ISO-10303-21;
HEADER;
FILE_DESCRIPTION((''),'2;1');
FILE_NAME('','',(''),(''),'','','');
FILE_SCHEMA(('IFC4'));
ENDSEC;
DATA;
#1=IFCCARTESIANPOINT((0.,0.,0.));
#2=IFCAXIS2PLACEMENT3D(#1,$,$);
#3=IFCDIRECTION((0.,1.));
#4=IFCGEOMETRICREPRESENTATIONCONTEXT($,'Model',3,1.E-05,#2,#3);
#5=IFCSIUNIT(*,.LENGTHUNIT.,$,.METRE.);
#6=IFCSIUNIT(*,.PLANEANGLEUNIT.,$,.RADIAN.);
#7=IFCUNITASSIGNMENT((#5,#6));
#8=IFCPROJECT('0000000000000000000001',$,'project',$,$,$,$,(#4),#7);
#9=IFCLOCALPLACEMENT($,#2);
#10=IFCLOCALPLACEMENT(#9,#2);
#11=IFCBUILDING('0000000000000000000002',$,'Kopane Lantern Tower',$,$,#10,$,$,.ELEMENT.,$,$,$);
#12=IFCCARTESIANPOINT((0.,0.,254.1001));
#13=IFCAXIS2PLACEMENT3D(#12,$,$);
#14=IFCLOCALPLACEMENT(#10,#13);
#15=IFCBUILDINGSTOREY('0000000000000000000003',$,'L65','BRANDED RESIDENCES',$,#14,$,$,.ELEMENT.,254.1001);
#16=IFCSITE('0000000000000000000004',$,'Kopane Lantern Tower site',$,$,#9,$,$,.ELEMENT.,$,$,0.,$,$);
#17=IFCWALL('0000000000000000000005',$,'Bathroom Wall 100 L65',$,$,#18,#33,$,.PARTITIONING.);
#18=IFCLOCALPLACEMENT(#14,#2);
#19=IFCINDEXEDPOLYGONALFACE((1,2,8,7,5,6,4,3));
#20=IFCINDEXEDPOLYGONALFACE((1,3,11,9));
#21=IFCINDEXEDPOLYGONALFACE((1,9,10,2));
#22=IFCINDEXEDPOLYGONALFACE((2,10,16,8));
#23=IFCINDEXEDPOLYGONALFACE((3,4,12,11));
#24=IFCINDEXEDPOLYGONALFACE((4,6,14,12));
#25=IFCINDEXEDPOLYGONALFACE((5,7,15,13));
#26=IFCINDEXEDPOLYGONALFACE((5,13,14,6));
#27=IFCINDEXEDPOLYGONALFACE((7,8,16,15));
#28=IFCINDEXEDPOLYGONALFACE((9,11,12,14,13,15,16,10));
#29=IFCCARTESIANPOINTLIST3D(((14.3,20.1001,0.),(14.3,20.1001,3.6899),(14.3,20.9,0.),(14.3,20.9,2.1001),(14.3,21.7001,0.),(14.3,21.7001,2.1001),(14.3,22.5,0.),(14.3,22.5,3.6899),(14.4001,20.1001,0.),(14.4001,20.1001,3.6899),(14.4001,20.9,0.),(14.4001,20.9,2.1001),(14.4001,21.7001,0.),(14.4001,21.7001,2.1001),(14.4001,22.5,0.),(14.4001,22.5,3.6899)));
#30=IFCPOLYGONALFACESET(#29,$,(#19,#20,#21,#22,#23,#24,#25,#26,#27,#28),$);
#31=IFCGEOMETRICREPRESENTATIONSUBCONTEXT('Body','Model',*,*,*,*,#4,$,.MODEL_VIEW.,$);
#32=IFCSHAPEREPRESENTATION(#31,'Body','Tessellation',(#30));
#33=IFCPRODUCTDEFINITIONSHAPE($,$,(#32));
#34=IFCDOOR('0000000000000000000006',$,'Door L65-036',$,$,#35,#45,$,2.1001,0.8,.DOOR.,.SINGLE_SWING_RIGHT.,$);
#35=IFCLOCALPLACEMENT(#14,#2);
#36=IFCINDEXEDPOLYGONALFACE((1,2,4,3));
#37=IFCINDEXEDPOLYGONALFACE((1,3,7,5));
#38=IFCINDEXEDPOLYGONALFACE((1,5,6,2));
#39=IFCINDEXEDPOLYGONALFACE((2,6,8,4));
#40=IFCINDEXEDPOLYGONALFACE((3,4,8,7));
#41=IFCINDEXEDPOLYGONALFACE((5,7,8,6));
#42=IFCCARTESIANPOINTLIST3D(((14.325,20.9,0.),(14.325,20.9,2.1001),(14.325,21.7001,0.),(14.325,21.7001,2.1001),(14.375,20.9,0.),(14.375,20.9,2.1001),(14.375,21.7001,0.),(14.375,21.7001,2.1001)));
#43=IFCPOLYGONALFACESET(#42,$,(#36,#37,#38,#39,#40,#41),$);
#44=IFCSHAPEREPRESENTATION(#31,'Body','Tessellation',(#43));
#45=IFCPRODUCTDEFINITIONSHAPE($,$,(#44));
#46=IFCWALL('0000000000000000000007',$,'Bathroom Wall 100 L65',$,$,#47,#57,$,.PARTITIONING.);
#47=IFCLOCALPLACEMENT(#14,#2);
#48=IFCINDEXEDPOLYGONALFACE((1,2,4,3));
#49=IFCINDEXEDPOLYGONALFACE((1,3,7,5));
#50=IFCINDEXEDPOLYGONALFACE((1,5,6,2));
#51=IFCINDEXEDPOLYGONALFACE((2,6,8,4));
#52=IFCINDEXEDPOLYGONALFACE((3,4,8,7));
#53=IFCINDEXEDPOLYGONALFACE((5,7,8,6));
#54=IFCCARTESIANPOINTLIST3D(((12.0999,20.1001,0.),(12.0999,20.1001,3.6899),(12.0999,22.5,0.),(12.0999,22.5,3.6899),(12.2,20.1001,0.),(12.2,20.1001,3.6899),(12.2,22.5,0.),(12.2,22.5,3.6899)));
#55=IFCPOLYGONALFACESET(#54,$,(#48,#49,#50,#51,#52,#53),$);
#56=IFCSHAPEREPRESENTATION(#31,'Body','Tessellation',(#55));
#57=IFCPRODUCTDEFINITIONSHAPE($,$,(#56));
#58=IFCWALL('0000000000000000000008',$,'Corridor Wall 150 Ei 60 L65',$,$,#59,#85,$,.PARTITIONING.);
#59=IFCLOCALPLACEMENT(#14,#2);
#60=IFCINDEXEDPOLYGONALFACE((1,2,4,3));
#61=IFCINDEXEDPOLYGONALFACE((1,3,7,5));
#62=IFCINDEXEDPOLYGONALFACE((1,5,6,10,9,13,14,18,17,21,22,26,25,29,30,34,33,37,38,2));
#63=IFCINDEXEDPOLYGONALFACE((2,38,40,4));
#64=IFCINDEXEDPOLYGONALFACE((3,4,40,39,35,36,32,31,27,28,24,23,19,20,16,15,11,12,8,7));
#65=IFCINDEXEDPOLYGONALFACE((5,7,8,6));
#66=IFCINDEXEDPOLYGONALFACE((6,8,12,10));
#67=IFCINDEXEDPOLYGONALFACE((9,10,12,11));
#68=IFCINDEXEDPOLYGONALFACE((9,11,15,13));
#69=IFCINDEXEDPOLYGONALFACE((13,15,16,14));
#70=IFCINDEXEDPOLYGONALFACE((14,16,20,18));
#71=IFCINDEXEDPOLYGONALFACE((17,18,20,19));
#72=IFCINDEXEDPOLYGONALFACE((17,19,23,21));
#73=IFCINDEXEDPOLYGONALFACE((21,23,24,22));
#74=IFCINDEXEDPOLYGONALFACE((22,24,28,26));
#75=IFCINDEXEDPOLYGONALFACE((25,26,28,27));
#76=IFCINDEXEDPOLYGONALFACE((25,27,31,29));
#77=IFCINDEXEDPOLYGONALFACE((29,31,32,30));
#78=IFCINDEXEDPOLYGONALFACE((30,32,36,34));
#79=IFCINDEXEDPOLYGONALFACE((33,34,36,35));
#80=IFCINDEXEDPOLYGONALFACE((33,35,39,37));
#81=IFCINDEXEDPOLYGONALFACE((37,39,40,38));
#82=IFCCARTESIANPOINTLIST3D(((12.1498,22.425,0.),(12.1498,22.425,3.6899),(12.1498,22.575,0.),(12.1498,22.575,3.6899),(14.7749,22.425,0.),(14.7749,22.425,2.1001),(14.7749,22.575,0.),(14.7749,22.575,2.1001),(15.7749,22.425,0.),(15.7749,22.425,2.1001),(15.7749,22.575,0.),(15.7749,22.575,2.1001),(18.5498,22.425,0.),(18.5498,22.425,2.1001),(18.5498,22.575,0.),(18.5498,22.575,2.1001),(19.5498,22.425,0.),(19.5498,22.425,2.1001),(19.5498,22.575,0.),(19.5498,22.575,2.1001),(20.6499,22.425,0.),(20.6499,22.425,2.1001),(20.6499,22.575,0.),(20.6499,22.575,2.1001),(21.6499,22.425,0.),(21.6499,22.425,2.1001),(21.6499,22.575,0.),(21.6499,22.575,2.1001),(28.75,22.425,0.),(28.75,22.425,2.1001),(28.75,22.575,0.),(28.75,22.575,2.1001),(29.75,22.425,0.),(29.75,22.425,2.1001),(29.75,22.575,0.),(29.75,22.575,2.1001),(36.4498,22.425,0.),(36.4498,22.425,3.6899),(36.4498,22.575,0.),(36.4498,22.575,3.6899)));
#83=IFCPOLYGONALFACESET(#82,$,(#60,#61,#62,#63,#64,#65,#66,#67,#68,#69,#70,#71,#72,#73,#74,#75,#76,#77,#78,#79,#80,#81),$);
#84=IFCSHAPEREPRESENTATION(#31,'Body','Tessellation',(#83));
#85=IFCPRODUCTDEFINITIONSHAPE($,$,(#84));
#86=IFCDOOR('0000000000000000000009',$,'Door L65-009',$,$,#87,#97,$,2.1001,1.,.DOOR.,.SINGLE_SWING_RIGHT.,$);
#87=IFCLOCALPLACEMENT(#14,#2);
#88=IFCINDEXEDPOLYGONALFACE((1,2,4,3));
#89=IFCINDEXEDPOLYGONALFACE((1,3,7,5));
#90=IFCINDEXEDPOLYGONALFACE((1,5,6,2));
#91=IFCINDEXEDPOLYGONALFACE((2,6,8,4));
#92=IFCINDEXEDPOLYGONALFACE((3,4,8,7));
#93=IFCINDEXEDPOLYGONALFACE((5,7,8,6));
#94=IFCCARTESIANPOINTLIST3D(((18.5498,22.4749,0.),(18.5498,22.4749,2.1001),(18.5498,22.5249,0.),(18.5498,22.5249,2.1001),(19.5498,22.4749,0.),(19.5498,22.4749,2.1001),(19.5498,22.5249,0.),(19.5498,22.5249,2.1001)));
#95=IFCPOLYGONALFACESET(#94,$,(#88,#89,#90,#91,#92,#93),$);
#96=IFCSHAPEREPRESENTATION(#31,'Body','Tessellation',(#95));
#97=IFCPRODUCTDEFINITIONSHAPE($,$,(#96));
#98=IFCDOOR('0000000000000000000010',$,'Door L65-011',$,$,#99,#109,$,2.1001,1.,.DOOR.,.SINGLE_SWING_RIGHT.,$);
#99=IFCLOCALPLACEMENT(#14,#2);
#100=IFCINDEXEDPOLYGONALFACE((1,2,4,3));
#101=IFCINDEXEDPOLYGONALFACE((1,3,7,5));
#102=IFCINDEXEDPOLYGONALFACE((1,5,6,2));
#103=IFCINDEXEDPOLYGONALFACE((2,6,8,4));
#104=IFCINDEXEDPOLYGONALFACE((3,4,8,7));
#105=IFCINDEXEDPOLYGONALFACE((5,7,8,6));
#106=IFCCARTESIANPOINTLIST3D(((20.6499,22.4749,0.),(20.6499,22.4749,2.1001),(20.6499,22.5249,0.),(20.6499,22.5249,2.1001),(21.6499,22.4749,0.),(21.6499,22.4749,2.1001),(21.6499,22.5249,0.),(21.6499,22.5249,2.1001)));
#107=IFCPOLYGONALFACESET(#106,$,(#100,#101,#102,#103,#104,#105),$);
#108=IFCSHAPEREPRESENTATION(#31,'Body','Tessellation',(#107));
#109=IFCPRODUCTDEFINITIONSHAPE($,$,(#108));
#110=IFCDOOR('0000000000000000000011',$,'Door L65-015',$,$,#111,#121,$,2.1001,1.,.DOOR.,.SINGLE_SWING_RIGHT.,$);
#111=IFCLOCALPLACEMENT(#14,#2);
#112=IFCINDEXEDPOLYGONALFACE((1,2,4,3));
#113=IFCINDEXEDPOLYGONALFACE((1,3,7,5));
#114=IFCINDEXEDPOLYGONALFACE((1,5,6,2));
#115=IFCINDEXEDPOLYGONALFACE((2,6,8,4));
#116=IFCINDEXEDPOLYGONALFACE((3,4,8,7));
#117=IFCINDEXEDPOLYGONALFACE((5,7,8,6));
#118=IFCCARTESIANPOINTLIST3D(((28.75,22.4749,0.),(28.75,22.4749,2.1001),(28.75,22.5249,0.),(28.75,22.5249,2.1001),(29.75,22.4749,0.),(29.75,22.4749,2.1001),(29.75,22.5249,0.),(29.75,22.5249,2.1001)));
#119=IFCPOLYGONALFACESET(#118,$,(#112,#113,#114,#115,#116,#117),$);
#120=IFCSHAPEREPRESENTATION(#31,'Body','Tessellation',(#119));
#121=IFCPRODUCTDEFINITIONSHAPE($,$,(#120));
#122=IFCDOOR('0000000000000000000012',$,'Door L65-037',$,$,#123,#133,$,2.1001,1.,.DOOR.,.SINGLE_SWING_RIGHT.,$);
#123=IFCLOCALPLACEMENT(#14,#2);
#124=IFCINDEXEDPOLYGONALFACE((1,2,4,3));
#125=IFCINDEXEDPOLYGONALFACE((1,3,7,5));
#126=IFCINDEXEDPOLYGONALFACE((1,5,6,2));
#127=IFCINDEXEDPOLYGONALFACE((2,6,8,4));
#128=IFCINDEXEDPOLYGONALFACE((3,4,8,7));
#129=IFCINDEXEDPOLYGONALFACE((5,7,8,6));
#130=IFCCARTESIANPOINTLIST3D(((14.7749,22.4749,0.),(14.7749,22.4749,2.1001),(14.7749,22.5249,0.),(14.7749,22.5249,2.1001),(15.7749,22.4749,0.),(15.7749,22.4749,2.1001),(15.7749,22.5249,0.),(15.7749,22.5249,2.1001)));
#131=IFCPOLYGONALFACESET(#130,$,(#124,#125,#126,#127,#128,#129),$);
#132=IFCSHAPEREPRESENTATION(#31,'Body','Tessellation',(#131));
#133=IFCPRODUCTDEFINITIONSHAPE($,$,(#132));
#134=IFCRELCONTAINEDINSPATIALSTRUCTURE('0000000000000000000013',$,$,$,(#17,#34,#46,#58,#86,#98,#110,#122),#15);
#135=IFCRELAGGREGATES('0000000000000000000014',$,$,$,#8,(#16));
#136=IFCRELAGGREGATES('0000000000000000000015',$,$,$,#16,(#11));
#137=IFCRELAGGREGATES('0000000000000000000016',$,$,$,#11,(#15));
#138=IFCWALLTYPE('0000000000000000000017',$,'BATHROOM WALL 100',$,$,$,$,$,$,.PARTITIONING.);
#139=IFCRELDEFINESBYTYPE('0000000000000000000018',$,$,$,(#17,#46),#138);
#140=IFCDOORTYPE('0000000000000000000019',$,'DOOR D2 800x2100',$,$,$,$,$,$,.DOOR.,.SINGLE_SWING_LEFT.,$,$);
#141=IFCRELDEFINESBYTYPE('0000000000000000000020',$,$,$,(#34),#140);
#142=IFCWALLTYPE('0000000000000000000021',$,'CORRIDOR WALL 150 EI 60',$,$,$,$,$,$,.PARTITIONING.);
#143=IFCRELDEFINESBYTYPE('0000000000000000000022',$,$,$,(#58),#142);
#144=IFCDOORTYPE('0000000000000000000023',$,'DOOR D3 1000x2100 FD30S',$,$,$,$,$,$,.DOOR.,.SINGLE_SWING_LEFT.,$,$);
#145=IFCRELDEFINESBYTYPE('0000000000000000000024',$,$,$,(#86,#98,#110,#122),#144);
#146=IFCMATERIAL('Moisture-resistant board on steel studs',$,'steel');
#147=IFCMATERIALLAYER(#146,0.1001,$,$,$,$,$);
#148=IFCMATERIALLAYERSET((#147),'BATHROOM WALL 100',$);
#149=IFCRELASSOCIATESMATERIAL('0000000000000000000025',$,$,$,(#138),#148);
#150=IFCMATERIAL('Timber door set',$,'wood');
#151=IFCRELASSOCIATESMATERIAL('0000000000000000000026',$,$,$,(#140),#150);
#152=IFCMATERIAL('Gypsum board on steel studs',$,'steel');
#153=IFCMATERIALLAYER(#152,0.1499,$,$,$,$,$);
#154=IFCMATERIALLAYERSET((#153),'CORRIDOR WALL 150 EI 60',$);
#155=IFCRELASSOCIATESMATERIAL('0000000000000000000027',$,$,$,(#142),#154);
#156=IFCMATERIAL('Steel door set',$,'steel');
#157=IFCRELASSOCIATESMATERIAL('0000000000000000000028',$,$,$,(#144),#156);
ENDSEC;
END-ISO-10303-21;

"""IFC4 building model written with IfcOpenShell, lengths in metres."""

from ifc_helpers import new_model, si_unit, direction, frame, frame_2d, origin, place, context, subcontext, project, spatial, rectangle, extrude, material, layer, layer_set, type_object, element, fill, save


model = new_model("IFC4")

# Units and contexts
model_context = context("Model", 3, precision=1e-05, world=origin(), true_north=direction((0.0, 1.0)))
body_context = subcontext(model_context, "Body", "Model", "MODEL_VIEW")
ifc_project = project(units=[si_unit("LENGTHUNIT", "METRE"), si_unit("PLANEANGLEUNIT", "RADIAN")], contexts=[model_context])

# Site, building, storey
site_placement = place(None, origin())
site = spatial("IfcSite", under=ifc_project, at=site_placement, Name="Kopane Lantern Tower site", CompositionType="ELEMENT", RefElevation=0.0)
building_placement = place(site_placement, origin())
building = spatial("IfcBuilding", under=site, at=building_placement, Name="Kopane Lantern Tower", CompositionType="ELEMENT")
storey_placement = place(building_placement, frame((0.0, 0.0, 254.1001)))
storey = spatial("IfcBuildingStorey", under=building, at=storey_placement, Name="L65", Description="BRANDED RESIDENCES", CompositionType="ELEMENT", Elevation=254.1001)

# Wall, opening, door
ifc_material_1 = material(Name="Moisture-resistant board on steel studs", Category="steel")
ifc_layer_1 = layer(ifc_material_1, 0.1001)
ifc_layer_set_1 = layer_set([ifc_layer_1], Name="BATHROOM WALL 100")
wall_type_1 = type_object("IfcWallType", Name="BATHROOM WALL 100", PredefinedType="PARTITIONING", material=ifc_layer_set_1)
wall_1_placement = place(storey_placement, frame((14.3501, 22.5, 0.0), z_axis=(0.0, 0.0, 1.0), x_axis=(0.0, -1.0, 0.0)))
wall_1 = element("IfcWall", 1, at=wall_1_placement, inside=storey, type_object=wall_type_1, Name="Bathroom Wall 100 L65", PredefinedType="PARTITIONING", context=body_context, shape_type="SweptSolid", body=[
    extrude(rectangle(XDim=2.3999, YDim=0.1001, at=frame_2d((1.2, 0.0))), origin(), (0.0, 0.0, 1.0), 3.6899),
])
opening_1_placement = place(wall_1_placement, frame((0.8, 0.0, 0.0)))
opening_1 = element("IfcOpeningElement", 2, at=opening_1_placement, cuts=wall_1, PredefinedType="OPENING", context=body_context, shape_type="SweptSolid", body=[
    extrude(rectangle(XDim=0.8, YDim=2.1001, at=frame_2d((0.3999, 1.05))), frame((0.0, 0.0601, 0.0), z_axis=(0.0, -1.0, 0.0), x_axis=(1.0, 0.0, 0.0)), (0.0, 0.0, 1.0), 0.1201),
])
ifc_material_2 = material(Name="Timber door set", Category="wood")
door_type_1 = type_object("IfcDoorType", Name="DOOR D2 800x2100", OperationType="SINGLE_SWING_LEFT", PredefinedType="DOOR", material=ifc_material_2)
door_1_placement = place(opening_1_placement, origin())
door_1 = element("IfcDoor", 3, at=door_1_placement, inside=storey, type_object=door_type_1, Name="Door L65-036", OperationType="SINGLE_SWING_RIGHT", OverallHeight=2.1001, OverallWidth=0.8, PredefinedType="DOOR", context=body_context, shape_type="SweptSolid", body=[
    extrude(rectangle(XDim=0.8, YDim=2.1001, at=frame_2d((0.3999, 1.05))), frame((0.0, 0.0249, 0.0), z_axis=(0.0, -1.0, 0.0), x_axis=(1.0, 0.0, 0.0)), (0.0, 0.0, 1.0), 0.05),
])
fill(opening_1, door_1)

# Wall
wall_2_placement = place(storey_placement, frame((12.1499, 22.5, 0.0), z_axis=(0.0, 0.0, 1.0), x_axis=(0.0, -1.0, 0.0)))
element("IfcWall", 4, at=wall_2_placement, inside=storey, type_object=wall_type_1, Name="Bathroom Wall 100 L65", PredefinedType="PARTITIONING", context=body_context, shape_type="SweptSolid", body=[
    extrude(rectangle(XDim=2.3999, YDim=0.1001, at=frame_2d((1.2, 0.0))), origin(), (0.0, 0.0, 1.0), 3.6899),
])

# Wall, openings, doors
ifc_material_3 = material(Name="Gypsum board on steel studs", Category="steel")
ifc_layer_2 = layer(ifc_material_3, 0.1499)
ifc_layer_set_2 = layer_set([ifc_layer_2], Name="CORRIDOR WALL 150 EI 60")
wall_type_2 = type_object("IfcWallType", Name="CORRIDOR WALL 150 EI 60", PredefinedType="PARTITIONING", material=ifc_layer_set_2)
wall_3_placement = place(storey_placement, frame((12.1499, 22.5, 0.0), z_axis=(0.0, 0.0, 1.0), x_axis=(1.0, 0.0, 0.0)))
wall_3 = element("IfcWall", 5, at=wall_3_placement, inside=storey, type_object=wall_type_2, Name="Corridor Wall 150 Ei 60 L65", PredefinedType="PARTITIONING", context=body_context, shape_type="SweptSolid", body=[
    extrude(rectangle(XDim=24.3, YDim=0.1499, at=frame_2d((12.1499, 0.0))), origin(), (0.0, 0.0, 1.0), 3.6899),
])
opening_2_placement = place(wall_3_placement, frame((6.3999, 0.0, 0.0)))
opening_2 = element("IfcOpeningElement", 6, at=opening_2_placement, cuts=wall_3, PredefinedType="OPENING", context=body_context, shape_type="SweptSolid", body=[
    extrude(rectangle(XDim=1.0, YDim=2.1001, at=frame_2d((0.5, 1.05))), frame((0.0, 0.085, 0.0), z_axis=(0.0, -1.0, 0.0), x_axis=(1.0, 0.0, 0.0)), (0.0, 0.0, 1.0), 0.1699),
])
opening_3_placement = place(wall_3_placement, frame((8.5, 0.0, 0.0)))
opening_3 = element("IfcOpeningElement", 7, at=opening_3_placement, cuts=wall_3, PredefinedType="OPENING", context=body_context, shape_type="SweptSolid", body=[
    extrude(rectangle(XDim=1.0, YDim=2.1001, at=frame_2d((0.5, 1.05))), frame((0.0, 0.085, 0.0), z_axis=(0.0, -1.0, 0.0), x_axis=(1.0, 0.0, 0.0)), (0.0, 0.0, 1.0), 0.1699),
])
opening_4_placement = place(wall_3_placement, frame((16.6001, 0.0, 0.0)))
opening_4 = element("IfcOpeningElement", 8, at=opening_4_placement, cuts=wall_3, PredefinedType="OPENING", context=body_context, shape_type="SweptSolid", body=[
    extrude(rectangle(XDim=1.0, YDim=2.1001, at=frame_2d((0.5, 1.05))), frame((0.0, 0.085, 0.0), z_axis=(0.0, -1.0, 0.0), x_axis=(1.0, 0.0, 0.0)), (0.0, 0.0, 1.0), 0.1699),
])
opening_5_placement = place(wall_3_placement, frame((2.625, 0.0, 0.0)))
opening_5 = element("IfcOpeningElement", 9, at=opening_5_placement, cuts=wall_3, PredefinedType="OPENING", context=body_context, shape_type="SweptSolid", body=[
    extrude(rectangle(XDim=1.0, YDim=2.1001, at=frame_2d((0.5, 1.05))), frame((0.0, 0.085, 0.0), z_axis=(0.0, -1.0, 0.0), x_axis=(1.0, 0.0, 0.0)), (0.0, 0.0, 1.0), 0.1699),
])
ifc_material_4 = material(Name="Steel door set", Category="steel")
door_type_2 = type_object("IfcDoorType", Name="DOOR D3 1000x2100 FD30S", OperationType="SINGLE_SWING_LEFT", PredefinedType="DOOR", material=ifc_material_4)
door_2_placement = place(opening_2_placement, origin())
door_2 = element("IfcDoor", 10, at=door_2_placement, inside=storey, type_object=door_type_2, Name="Door L65-009", OperationType="SINGLE_SWING_RIGHT", OverallHeight=2.1001, OverallWidth=1.0, PredefinedType="DOOR", context=body_context, shape_type="SweptSolid", body=[
    extrude(rectangle(XDim=1.0, YDim=2.1001, at=frame_2d((0.5, 1.05))), frame((0.0, 0.0249, 0.0), z_axis=(0.0, -1.0, 0.0), x_axis=(1.0, 0.0, 0.0)), (0.0, 0.0, 1.0), 0.05),
])
fill(opening_2, door_2)
door_3_placement = place(opening_3_placement, origin())
door_3 = element("IfcDoor", 11, at=door_3_placement, inside=storey, type_object=door_type_2, Name="Door L65-011", OperationType="SINGLE_SWING_RIGHT", OverallHeight=2.1001, OverallWidth=1.0, PredefinedType="DOOR", context=body_context, shape_type="SweptSolid", body=[
    extrude(rectangle(XDim=1.0, YDim=2.1001, at=frame_2d((0.5, 1.05))), frame((0.0, 0.0249, 0.0), z_axis=(0.0, -1.0, 0.0), x_axis=(1.0, 0.0, 0.0)), (0.0, 0.0, 1.0), 0.05),
])
fill(opening_3, door_3)
door_4_placement = place(opening_4_placement, origin())
door_4 = element("IfcDoor", 12, at=door_4_placement, inside=storey, type_object=door_type_2, Name="Door L65-015", OperationType="SINGLE_SWING_RIGHT", OverallHeight=2.1001, OverallWidth=1.0, PredefinedType="DOOR", context=body_context, shape_type="SweptSolid", body=[
    extrude(rectangle(XDim=1.0, YDim=2.1001, at=frame_2d((0.5, 1.05))), frame((0.0, 0.0249, 0.0), z_axis=(0.0, -1.0, 0.0), x_axis=(1.0, 0.0, 0.0)), (0.0, 0.0, 1.0), 0.05),
])
fill(opening_4, door_4)
door_5_placement = place(opening_5_placement, origin())
door_5 = element("IfcDoor", 13, at=door_5_placement, inside=storey, type_object=door_type_2, Name="Door L65-037", OperationType="SINGLE_SWING_RIGHT", OverallHeight=2.1001, OverallWidth=1.0, PredefinedType="DOOR", context=body_context, shape_type="SweptSolid", body=[
    extrude(rectangle(XDim=1.0, YDim=2.1001, at=frame_2d((0.5, 1.05))), frame((0.0, 0.0249, 0.0), z_axis=(0.0, -1.0, 0.0), x_axis=(1.0, 0.0, 0.0)), (0.0, 0.0, 1.0), 0.05),
])
fill(opening_5, door_5)

save(model, "model.ifc")
